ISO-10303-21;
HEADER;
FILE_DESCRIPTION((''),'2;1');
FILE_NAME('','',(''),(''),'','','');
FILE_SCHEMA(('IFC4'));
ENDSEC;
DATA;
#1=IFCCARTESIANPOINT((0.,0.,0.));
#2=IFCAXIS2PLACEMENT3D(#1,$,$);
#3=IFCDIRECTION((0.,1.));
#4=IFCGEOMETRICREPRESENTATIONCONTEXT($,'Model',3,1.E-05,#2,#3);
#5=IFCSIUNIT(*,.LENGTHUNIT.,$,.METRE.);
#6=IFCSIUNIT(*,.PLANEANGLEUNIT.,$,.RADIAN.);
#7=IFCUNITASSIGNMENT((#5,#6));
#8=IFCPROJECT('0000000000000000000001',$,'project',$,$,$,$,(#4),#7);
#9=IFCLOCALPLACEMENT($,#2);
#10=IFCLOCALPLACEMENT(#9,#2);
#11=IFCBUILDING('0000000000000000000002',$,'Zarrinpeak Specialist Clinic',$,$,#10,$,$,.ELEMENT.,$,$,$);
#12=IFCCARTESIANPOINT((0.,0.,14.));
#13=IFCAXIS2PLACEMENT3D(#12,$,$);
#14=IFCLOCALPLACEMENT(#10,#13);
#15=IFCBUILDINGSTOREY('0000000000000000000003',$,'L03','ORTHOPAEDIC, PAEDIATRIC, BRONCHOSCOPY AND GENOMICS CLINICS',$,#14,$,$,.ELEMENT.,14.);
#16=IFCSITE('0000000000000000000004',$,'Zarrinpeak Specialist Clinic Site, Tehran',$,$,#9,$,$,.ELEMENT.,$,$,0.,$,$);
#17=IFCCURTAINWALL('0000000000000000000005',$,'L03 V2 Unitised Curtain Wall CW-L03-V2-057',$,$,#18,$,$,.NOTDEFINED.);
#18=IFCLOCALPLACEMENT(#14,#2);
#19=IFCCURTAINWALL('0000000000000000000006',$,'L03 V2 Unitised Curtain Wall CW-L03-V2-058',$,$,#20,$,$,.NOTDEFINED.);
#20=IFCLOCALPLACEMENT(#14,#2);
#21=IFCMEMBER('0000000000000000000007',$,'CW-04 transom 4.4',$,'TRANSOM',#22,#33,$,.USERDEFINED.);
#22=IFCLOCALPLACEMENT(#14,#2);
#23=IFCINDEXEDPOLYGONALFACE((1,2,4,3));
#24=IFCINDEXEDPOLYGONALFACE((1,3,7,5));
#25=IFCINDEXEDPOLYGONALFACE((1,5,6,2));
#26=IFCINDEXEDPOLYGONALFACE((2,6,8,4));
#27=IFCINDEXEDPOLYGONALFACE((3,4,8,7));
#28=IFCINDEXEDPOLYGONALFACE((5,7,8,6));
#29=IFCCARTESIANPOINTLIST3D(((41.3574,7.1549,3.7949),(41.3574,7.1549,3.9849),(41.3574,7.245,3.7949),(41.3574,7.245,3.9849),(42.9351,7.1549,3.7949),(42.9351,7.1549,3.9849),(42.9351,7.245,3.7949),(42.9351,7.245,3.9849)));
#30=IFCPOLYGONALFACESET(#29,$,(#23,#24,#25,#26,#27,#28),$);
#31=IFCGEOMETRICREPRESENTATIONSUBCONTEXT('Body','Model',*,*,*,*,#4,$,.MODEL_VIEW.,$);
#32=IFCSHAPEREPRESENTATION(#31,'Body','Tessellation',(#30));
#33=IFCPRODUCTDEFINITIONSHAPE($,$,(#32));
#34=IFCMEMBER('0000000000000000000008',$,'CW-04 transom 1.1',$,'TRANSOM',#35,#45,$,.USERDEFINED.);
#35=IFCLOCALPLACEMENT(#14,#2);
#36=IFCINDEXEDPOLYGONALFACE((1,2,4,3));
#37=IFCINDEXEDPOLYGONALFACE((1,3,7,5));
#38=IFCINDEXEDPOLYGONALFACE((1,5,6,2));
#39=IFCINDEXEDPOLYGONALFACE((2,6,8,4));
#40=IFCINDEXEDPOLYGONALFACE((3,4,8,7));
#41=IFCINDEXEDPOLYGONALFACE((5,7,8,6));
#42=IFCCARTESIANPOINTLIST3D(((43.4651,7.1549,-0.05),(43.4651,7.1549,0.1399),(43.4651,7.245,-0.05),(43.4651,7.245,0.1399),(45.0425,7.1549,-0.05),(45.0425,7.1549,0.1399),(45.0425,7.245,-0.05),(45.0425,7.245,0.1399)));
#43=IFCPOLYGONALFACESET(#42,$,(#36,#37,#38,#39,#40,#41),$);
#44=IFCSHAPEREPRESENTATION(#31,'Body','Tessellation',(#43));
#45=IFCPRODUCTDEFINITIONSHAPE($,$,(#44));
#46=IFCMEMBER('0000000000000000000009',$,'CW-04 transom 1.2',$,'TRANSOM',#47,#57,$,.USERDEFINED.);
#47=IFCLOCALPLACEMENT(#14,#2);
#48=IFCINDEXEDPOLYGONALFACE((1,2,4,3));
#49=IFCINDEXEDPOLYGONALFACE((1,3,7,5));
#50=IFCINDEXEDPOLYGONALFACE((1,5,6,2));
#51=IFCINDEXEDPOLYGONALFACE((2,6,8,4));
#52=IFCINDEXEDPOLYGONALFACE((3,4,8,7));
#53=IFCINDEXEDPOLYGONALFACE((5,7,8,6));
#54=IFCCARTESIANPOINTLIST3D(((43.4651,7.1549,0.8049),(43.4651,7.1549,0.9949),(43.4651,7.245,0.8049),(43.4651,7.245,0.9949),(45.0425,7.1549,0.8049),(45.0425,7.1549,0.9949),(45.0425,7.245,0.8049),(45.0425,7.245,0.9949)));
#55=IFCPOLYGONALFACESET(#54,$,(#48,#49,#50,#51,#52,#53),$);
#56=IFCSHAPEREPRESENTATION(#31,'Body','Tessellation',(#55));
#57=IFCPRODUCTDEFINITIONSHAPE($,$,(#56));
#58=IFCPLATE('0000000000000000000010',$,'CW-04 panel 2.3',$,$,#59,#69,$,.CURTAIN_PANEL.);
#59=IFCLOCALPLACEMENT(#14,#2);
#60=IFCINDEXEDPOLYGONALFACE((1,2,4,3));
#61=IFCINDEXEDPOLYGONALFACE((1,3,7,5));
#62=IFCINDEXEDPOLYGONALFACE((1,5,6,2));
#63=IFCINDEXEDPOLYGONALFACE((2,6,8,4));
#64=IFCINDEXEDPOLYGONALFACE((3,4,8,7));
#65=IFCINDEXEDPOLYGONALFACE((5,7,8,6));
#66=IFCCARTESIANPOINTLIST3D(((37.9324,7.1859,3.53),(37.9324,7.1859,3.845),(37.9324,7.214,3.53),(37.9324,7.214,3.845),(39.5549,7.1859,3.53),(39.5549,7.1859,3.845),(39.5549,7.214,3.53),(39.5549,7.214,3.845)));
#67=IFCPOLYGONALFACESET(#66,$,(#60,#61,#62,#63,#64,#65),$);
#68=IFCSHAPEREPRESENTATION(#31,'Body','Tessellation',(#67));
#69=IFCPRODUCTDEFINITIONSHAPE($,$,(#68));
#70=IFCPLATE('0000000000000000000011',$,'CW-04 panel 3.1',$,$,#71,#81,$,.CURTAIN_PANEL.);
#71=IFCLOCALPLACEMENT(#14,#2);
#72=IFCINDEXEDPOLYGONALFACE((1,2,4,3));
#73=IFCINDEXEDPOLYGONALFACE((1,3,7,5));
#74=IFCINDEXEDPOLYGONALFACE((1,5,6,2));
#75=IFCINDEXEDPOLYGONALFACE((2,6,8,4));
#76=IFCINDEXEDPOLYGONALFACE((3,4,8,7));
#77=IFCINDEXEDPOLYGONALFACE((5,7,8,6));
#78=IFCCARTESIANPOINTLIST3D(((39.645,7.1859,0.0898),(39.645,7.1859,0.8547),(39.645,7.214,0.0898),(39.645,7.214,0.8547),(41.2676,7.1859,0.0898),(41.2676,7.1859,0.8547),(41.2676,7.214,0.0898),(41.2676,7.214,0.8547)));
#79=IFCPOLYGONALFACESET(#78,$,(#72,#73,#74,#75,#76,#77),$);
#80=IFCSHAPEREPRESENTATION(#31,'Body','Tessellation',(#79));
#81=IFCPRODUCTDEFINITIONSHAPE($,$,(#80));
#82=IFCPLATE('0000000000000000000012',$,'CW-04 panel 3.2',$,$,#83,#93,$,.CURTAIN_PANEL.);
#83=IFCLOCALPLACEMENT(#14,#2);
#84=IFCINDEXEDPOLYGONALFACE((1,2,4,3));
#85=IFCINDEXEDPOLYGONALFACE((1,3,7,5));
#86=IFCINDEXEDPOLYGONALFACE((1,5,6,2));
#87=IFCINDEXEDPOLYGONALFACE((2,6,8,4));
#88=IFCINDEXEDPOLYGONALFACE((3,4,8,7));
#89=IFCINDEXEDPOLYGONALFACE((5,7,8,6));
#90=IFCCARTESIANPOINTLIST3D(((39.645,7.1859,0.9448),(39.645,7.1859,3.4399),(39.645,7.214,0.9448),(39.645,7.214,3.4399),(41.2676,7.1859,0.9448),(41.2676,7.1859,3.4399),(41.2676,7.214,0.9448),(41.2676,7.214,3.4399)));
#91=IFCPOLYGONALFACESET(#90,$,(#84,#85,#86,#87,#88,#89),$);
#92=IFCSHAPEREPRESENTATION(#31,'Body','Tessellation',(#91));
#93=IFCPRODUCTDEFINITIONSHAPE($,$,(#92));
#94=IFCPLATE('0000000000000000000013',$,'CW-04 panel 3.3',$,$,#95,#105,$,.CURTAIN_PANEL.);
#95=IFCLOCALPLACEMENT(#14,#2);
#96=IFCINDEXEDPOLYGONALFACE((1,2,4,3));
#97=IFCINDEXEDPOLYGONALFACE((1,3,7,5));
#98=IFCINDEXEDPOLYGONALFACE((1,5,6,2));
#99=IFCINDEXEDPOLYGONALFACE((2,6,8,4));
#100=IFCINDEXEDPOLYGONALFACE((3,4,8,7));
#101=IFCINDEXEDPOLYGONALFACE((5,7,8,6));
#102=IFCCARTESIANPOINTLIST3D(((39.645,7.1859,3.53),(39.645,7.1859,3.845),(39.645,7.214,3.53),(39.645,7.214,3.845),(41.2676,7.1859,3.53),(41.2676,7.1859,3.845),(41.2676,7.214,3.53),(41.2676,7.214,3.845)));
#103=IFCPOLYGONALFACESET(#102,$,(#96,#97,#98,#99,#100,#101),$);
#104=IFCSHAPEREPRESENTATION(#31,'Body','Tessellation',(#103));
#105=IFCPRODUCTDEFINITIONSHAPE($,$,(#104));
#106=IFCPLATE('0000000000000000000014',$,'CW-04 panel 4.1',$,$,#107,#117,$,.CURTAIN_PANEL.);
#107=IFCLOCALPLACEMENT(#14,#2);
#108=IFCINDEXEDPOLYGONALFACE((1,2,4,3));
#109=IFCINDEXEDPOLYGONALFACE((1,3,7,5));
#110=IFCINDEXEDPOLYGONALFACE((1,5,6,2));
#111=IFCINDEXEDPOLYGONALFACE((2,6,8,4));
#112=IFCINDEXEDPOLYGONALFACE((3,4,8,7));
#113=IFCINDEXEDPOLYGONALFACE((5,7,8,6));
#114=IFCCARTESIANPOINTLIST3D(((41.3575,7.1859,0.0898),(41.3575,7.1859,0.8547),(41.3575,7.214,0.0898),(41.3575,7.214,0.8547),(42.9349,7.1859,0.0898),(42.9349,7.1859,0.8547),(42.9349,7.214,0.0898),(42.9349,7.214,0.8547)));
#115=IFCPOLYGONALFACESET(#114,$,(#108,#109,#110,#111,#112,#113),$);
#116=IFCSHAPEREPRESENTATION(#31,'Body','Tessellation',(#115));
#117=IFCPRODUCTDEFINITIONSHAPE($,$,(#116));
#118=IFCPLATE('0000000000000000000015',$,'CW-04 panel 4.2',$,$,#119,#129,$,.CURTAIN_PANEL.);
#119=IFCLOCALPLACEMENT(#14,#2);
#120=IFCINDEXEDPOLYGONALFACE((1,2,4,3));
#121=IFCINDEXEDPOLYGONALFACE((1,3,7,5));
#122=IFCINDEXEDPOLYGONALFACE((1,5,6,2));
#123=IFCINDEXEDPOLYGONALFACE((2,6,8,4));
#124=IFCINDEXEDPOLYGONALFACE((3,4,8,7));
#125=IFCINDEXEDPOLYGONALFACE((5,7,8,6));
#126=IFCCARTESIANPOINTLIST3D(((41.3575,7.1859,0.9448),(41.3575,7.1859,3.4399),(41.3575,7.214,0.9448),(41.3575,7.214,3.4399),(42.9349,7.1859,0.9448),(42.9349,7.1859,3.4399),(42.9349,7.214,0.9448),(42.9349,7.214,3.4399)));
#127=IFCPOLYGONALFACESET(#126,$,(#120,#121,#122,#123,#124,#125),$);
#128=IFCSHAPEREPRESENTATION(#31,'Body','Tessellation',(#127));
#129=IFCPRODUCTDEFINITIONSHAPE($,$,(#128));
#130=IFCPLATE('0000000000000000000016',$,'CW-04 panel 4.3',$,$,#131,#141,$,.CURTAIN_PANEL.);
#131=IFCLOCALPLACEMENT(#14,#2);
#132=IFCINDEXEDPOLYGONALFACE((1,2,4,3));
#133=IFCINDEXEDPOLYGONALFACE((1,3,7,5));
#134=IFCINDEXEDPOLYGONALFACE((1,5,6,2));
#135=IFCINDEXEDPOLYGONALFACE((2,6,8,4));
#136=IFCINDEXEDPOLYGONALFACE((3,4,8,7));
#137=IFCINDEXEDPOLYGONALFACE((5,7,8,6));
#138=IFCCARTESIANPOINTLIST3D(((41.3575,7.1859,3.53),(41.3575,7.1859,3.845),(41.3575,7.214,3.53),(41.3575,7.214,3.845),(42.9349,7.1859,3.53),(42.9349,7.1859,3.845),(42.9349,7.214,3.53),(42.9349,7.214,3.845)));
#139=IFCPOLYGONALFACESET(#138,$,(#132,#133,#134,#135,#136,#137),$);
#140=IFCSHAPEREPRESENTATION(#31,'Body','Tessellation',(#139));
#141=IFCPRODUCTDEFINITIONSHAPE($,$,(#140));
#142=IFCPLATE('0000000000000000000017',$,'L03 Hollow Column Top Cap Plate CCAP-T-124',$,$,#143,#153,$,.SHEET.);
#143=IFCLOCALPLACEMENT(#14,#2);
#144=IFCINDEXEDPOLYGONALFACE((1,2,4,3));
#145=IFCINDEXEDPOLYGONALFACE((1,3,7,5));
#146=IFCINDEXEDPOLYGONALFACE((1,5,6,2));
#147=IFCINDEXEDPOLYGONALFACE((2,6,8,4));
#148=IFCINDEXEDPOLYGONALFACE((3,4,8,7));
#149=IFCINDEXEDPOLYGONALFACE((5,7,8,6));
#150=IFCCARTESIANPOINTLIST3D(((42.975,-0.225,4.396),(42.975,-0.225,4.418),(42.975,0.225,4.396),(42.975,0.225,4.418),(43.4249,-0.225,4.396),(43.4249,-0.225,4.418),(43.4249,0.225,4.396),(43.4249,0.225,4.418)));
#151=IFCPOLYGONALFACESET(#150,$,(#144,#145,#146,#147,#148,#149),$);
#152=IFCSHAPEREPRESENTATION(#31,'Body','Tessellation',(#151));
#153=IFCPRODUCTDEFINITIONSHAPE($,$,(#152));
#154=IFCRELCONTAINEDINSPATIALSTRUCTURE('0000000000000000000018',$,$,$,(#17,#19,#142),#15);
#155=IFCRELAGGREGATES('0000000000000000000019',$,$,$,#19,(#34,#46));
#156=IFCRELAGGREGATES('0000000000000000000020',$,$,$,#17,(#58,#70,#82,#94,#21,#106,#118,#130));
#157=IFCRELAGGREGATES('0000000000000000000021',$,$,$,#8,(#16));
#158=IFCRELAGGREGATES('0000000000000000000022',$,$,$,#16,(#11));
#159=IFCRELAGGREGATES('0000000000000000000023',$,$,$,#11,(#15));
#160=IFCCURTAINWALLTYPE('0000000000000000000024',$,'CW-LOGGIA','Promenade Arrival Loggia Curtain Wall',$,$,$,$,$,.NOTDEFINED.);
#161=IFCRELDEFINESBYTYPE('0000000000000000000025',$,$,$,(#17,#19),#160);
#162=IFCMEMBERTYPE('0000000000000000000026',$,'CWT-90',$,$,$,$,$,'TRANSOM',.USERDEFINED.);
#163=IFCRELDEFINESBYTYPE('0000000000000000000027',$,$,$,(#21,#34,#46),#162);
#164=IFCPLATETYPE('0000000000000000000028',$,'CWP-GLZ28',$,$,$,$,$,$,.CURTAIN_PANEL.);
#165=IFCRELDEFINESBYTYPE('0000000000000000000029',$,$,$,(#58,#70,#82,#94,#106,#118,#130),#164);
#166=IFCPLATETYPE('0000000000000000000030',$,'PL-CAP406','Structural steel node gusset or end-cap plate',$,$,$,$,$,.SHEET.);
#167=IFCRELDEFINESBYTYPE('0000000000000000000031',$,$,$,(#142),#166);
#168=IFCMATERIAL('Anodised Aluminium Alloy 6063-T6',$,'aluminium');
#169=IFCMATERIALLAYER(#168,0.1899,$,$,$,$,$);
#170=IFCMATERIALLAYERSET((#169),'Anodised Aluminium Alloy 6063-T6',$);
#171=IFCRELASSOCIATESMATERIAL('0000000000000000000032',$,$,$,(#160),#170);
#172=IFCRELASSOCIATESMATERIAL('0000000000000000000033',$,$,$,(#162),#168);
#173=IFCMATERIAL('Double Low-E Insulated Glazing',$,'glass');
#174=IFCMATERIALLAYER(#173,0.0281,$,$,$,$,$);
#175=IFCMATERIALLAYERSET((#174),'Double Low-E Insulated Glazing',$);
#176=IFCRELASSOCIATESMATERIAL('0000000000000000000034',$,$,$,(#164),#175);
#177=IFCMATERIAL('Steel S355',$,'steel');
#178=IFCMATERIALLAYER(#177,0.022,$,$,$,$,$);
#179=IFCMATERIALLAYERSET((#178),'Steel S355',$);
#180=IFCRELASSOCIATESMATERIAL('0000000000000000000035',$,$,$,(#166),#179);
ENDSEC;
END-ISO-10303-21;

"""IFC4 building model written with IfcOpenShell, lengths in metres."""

from ifc_helpers import new_model, si_unit, direction, frame, origin, origin_2d, place, context, subcontext, project, spatial, rectangle, extrude, material, layer, layer_set, material_profile, profile_set, type_object, element, aggregate, save


model = new_model("IFC4")

# Units and contexts
model_context = context("Model", 3, precision=1e-05, world=origin(), true_north=direction((0.0, 1.0)))
body_context = subcontext(model_context, "Body", "Model", "MODEL_VIEW")
ifc_project = project(units=[si_unit("LENGTHUNIT", "METRE"), si_unit("PLANEANGLEUNIT", "RADIAN")], contexts=[model_context])

# Site, building, storey
site_placement = place(None, origin())
site = spatial("IfcSite", under=ifc_project, at=site_placement, Name="Zarrinpeak Specialist Clinic Site, Tehran", CompositionType="ELEMENT", RefElevation=0.0)
building_placement = place(site_placement, origin())
building = spatial("IfcBuilding", under=site, at=building_placement, Name="Zarrinpeak Specialist Clinic", CompositionType="ELEMENT")
storey_placement = place(building_placement, frame((0.0, 0.0, 14.0)))
storey = spatial("IfcBuildingStorey", under=building, at=storey_placement, Name="L03", Description="ORTHOPAEDIC, PAEDIATRIC, BRONCHOSCOPY AND GENOMICS CLINICS", CompositionType="ELEMENT", Elevation=14.0)

# Shared definitions
ifc_material_1 = material(Name="Steel S355", Category="steel")

# Curtain wall
ifc_material_2 = material(Name="Anodised Aluminium Alloy 6063-T6", Category="aluminium")
ifc_layer_1 = layer(ifc_material_2, 0.1899)
ifc_layer_set_1 = layer_set([ifc_layer_1], Name="Anodised Aluminium Alloy 6063-T6")
curtain_wall_type = type_object("IfcCurtainWallType", Name="CW-LOGGIA", Description="Promenade Arrival Loggia Curtain Wall", PredefinedType="NOTDEFINED", material=ifc_layer_set_1)
curtain_wall_1_placement = place(storey_placement, origin())
curtain_wall_1 = element("IfcCurtainWall", 1, at=curtain_wall_1_placement, inside=storey, type_object=curtain_wall_type, Name="L03 V2 Unitised Curtain Wall CW-L03-V2-057", PredefinedType="NOTDEFINED")

# Curtain wall
curtain_wall_2_placement = place(storey_placement, origin())
curtain_wall_2 = element("IfcCurtainWall", 2, at=curtain_wall_2_placement, inside=storey, type_object=curtain_wall_type, Name="L03 V2 Unitised Curtain Wall CW-L03-V2-058", PredefinedType="NOTDEFINED")

# Members
ifc_material_profile_1 = material_profile(ifc_material_2, rectangle(XDim=0.0901, YDim=0.1899, at=origin_2d()), Name="ALU 90x190")
ifc_profile_set_1 = profile_set([ifc_material_profile_1], Name="Anodised Aluminium Alloy 6063-T6")
member_type_1 = type_object("IfcMemberType", Name="CWT-90", ElementType="TRANSOM", PredefinedType="USERDEFINED", material=ifc_profile_set_1)
member_1_placement = place(storey_placement, frame((41.3574, 7.2, 3.8899), z_axis=(1.0, 0.0, 0.0), x_axis=(0.0, 1.0, 0.0)))
member_1 = element("IfcMember", 3, at=member_1_placement, type_object=member_type_1, Name="CW-04 transom 4.4", ObjectType="TRANSOM", PredefinedType="USERDEFINED", context=body_context, shape_type="SweptSolid", body=[
    extrude(rectangle(XDim=0.0901, YDim=0.1899, at=origin_2d()), origin(), (0.0, 0.0, 1.0), 1.5776),
])
member_2_placement = place(storey_placement, frame((43.4651, 7.2, 0.0449), z_axis=(1.0, 0.0, 0.0), x_axis=(0.0, 1.0, 0.0)))
member_2 = element("IfcMember", 4, at=member_2_placement, type_object=member_type_1, Name="CW-04 transom 1.1", ObjectType="TRANSOM", PredefinedType="USERDEFINED", context=body_context, shape_type="SweptSolid", body=[
    extrude(rectangle(XDim=0.0901, YDim=0.1899, at=origin_2d()), origin(), (0.0, 0.0, 1.0), 1.5774),
])
member_3_placement = place(storey_placement, frame((43.4651, 7.2, 0.8999), z_axis=(1.0, 0.0, 0.0), x_axis=(0.0, 1.0, 0.0)))
member_3 = element("IfcMember", 5, at=member_3_placement, type_object=member_type_1, Name="CW-04 transom 1.2", ObjectType="TRANSOM", PredefinedType="USERDEFINED", context=body_context, shape_type="SweptSolid", body=[
    extrude(rectangle(XDim=0.0901, YDim=0.1899, at=origin_2d()), origin(), (0.0, 0.0, 1.0), 1.5774),
])
aggregate(curtain_wall_2, [member_2, member_3])

# Plates
ifc_material_3 = material(Name="Double Low-E Insulated Glazing", Category="glass")
ifc_layer_2 = layer(ifc_material_3, 0.0281)
ifc_layer_set_2 = layer_set([ifc_layer_2], Name="Double Low-E Insulated Glazing")
plate_type_1 = type_object("IfcPlateType", Name="CWP-GLZ28", PredefinedType="CURTAIN_PANEL", material=ifc_layer_set_2)
plate_1_placement = place(storey_placement, frame((38.7437, 7.2, 3.53), z_axis=(0.0, 0.0, 1.0), x_axis=(1.0, 0.0, 0.0)))
plate_1 = element("IfcPlate", 6, at=plate_1_placement, type_object=plate_type_1, Name="CW-04 panel 2.3", PredefinedType="CURTAIN_PANEL", context=body_context, shape_type="SweptSolid", body=[
    extrude(rectangle(XDim=1.6226, YDim=0.0281, at=origin_2d()), origin(), (0.0, 0.0, 1.0), 0.3149),
])
plate_2_placement = place(storey_placement, frame((40.4563, 7.2, 0.0898), z_axis=(0.0, 0.0, 1.0), x_axis=(1.0, 0.0, 0.0)))
plate_2 = element("IfcPlate", 7, at=plate_2_placement, type_object=plate_type_1, Name="CW-04 panel 3.1", PredefinedType="CURTAIN_PANEL", context=body_context, shape_type="SweptSolid", body=[
    extrude(rectangle(XDim=1.6226, YDim=0.0281, at=origin_2d()), origin(), (0.0, 0.0, 1.0), 0.7649),
])
plate_3_placement = place(storey_placement, frame((40.4563, 7.2, 0.9448), z_axis=(0.0, 0.0, 1.0), x_axis=(1.0, 0.0, 0.0)))
plate_3 = element("IfcPlate", 8, at=plate_3_placement, type_object=plate_type_1, Name="CW-04 panel 3.2", PredefinedType="CURTAIN_PANEL", context=body_context, shape_type="SweptSolid", body=[
    extrude(rectangle(XDim=1.6226, YDim=0.0281, at=origin_2d()), origin(), (0.0, 0.0, 1.0), 2.4951),
])
plate_4_placement = place(storey_placement, frame((40.4563, 7.2, 3.53), z_axis=(0.0, 0.0, 1.0), x_axis=(1.0, 0.0, 0.0)))
plate_4 = element("IfcPlate", 9, at=plate_4_placement, type_object=plate_type_1, Name="CW-04 panel 3.3", PredefinedType="CURTAIN_PANEL", context=body_context, shape_type="SweptSolid", body=[
    extrude(rectangle(XDim=1.6226, YDim=0.0281, at=origin_2d()), origin(), (0.0, 0.0, 1.0), 0.3149),
])
plate_5_placement = place(storey_placement, frame((42.1462, 7.2, 0.0898), z_axis=(0.0, 0.0, 1.0), x_axis=(1.0, 0.0, 0.0)))
plate_5 = element("IfcPlate", 10, at=plate_5_placement, type_object=plate_type_1, Name="CW-04 panel 4.1", PredefinedType="CURTAIN_PANEL", context=body_context, shape_type="SweptSolid", body=[
    extrude(rectangle(XDim=1.5774, YDim=0.0281, at=origin_2d()), origin(), (0.0, 0.0, 1.0), 0.7649),
])
plate_6_placement = place(storey_placement, frame((42.1462, 7.2, 0.9448), z_axis=(0.0, 0.0, 1.0), x_axis=(1.0, 0.0, 0.0)))
plate_6 = element("IfcPlate", 11, at=plate_6_placement, type_object=plate_type_1, Name="CW-04 panel 4.2", PredefinedType="CURTAIN_PANEL", context=body_context, shape_type="SweptSolid", body=[
    extrude(rectangle(XDim=1.5774, YDim=0.0281, at=origin_2d()), origin(), (0.0, 0.0, 1.0), 2.4951),
])
plate_7_placement = place(storey_placement, frame((42.1462, 7.2, 3.53), z_axis=(0.0, 0.0, 1.0), x_axis=(1.0, 0.0, 0.0)))
plate_7 = element("IfcPlate", 12, at=plate_7_placement, type_object=plate_type_1, Name="CW-04 panel 4.3", PredefinedType="CURTAIN_PANEL", context=body_context, shape_type="SweptSolid", body=[
    extrude(rectangle(XDim=1.5774, YDim=0.0281, at=origin_2d()), origin(), (0.0, 0.0, 1.0), 0.3149),
])
aggregate(curtain_wall_1, [plate_1, plate_2, plate_3, plate_4, member_1, plate_5, plate_6, plate_7])
ifc_layer_3 = layer(ifc_material_1, 0.022)
ifc_layer_set_3 = layer_set([ifc_layer_3], Name="Steel S355")
plate_type_2 = type_object("IfcPlateType", Name="PL-CAP406", Description="Structural steel node gusset or end-cap plate", PredefinedType="SHEET", material=ifc_layer_set_3)
plate_8_placement = place(storey_placement, frame((43.2, 0.0, 4.396), z_axis=(0.0, 0.0, 1.0), x_axis=(1.0, 0.0, 0.0)))
element("IfcPlate", 13, at=plate_8_placement, inside=storey, type_object=plate_type_2, Name="L03 Hollow Column Top Cap Plate CCAP-T-124", PredefinedType="SHEET", context=body_context, shape_type="SweptSolid", body=[
    extrude(rectangle(XDim=0.45, YDim=0.45, at=origin_2d()), origin(), (0.0, 0.0, 1.0), 0.022),
])

save(model, "model.ifc")
